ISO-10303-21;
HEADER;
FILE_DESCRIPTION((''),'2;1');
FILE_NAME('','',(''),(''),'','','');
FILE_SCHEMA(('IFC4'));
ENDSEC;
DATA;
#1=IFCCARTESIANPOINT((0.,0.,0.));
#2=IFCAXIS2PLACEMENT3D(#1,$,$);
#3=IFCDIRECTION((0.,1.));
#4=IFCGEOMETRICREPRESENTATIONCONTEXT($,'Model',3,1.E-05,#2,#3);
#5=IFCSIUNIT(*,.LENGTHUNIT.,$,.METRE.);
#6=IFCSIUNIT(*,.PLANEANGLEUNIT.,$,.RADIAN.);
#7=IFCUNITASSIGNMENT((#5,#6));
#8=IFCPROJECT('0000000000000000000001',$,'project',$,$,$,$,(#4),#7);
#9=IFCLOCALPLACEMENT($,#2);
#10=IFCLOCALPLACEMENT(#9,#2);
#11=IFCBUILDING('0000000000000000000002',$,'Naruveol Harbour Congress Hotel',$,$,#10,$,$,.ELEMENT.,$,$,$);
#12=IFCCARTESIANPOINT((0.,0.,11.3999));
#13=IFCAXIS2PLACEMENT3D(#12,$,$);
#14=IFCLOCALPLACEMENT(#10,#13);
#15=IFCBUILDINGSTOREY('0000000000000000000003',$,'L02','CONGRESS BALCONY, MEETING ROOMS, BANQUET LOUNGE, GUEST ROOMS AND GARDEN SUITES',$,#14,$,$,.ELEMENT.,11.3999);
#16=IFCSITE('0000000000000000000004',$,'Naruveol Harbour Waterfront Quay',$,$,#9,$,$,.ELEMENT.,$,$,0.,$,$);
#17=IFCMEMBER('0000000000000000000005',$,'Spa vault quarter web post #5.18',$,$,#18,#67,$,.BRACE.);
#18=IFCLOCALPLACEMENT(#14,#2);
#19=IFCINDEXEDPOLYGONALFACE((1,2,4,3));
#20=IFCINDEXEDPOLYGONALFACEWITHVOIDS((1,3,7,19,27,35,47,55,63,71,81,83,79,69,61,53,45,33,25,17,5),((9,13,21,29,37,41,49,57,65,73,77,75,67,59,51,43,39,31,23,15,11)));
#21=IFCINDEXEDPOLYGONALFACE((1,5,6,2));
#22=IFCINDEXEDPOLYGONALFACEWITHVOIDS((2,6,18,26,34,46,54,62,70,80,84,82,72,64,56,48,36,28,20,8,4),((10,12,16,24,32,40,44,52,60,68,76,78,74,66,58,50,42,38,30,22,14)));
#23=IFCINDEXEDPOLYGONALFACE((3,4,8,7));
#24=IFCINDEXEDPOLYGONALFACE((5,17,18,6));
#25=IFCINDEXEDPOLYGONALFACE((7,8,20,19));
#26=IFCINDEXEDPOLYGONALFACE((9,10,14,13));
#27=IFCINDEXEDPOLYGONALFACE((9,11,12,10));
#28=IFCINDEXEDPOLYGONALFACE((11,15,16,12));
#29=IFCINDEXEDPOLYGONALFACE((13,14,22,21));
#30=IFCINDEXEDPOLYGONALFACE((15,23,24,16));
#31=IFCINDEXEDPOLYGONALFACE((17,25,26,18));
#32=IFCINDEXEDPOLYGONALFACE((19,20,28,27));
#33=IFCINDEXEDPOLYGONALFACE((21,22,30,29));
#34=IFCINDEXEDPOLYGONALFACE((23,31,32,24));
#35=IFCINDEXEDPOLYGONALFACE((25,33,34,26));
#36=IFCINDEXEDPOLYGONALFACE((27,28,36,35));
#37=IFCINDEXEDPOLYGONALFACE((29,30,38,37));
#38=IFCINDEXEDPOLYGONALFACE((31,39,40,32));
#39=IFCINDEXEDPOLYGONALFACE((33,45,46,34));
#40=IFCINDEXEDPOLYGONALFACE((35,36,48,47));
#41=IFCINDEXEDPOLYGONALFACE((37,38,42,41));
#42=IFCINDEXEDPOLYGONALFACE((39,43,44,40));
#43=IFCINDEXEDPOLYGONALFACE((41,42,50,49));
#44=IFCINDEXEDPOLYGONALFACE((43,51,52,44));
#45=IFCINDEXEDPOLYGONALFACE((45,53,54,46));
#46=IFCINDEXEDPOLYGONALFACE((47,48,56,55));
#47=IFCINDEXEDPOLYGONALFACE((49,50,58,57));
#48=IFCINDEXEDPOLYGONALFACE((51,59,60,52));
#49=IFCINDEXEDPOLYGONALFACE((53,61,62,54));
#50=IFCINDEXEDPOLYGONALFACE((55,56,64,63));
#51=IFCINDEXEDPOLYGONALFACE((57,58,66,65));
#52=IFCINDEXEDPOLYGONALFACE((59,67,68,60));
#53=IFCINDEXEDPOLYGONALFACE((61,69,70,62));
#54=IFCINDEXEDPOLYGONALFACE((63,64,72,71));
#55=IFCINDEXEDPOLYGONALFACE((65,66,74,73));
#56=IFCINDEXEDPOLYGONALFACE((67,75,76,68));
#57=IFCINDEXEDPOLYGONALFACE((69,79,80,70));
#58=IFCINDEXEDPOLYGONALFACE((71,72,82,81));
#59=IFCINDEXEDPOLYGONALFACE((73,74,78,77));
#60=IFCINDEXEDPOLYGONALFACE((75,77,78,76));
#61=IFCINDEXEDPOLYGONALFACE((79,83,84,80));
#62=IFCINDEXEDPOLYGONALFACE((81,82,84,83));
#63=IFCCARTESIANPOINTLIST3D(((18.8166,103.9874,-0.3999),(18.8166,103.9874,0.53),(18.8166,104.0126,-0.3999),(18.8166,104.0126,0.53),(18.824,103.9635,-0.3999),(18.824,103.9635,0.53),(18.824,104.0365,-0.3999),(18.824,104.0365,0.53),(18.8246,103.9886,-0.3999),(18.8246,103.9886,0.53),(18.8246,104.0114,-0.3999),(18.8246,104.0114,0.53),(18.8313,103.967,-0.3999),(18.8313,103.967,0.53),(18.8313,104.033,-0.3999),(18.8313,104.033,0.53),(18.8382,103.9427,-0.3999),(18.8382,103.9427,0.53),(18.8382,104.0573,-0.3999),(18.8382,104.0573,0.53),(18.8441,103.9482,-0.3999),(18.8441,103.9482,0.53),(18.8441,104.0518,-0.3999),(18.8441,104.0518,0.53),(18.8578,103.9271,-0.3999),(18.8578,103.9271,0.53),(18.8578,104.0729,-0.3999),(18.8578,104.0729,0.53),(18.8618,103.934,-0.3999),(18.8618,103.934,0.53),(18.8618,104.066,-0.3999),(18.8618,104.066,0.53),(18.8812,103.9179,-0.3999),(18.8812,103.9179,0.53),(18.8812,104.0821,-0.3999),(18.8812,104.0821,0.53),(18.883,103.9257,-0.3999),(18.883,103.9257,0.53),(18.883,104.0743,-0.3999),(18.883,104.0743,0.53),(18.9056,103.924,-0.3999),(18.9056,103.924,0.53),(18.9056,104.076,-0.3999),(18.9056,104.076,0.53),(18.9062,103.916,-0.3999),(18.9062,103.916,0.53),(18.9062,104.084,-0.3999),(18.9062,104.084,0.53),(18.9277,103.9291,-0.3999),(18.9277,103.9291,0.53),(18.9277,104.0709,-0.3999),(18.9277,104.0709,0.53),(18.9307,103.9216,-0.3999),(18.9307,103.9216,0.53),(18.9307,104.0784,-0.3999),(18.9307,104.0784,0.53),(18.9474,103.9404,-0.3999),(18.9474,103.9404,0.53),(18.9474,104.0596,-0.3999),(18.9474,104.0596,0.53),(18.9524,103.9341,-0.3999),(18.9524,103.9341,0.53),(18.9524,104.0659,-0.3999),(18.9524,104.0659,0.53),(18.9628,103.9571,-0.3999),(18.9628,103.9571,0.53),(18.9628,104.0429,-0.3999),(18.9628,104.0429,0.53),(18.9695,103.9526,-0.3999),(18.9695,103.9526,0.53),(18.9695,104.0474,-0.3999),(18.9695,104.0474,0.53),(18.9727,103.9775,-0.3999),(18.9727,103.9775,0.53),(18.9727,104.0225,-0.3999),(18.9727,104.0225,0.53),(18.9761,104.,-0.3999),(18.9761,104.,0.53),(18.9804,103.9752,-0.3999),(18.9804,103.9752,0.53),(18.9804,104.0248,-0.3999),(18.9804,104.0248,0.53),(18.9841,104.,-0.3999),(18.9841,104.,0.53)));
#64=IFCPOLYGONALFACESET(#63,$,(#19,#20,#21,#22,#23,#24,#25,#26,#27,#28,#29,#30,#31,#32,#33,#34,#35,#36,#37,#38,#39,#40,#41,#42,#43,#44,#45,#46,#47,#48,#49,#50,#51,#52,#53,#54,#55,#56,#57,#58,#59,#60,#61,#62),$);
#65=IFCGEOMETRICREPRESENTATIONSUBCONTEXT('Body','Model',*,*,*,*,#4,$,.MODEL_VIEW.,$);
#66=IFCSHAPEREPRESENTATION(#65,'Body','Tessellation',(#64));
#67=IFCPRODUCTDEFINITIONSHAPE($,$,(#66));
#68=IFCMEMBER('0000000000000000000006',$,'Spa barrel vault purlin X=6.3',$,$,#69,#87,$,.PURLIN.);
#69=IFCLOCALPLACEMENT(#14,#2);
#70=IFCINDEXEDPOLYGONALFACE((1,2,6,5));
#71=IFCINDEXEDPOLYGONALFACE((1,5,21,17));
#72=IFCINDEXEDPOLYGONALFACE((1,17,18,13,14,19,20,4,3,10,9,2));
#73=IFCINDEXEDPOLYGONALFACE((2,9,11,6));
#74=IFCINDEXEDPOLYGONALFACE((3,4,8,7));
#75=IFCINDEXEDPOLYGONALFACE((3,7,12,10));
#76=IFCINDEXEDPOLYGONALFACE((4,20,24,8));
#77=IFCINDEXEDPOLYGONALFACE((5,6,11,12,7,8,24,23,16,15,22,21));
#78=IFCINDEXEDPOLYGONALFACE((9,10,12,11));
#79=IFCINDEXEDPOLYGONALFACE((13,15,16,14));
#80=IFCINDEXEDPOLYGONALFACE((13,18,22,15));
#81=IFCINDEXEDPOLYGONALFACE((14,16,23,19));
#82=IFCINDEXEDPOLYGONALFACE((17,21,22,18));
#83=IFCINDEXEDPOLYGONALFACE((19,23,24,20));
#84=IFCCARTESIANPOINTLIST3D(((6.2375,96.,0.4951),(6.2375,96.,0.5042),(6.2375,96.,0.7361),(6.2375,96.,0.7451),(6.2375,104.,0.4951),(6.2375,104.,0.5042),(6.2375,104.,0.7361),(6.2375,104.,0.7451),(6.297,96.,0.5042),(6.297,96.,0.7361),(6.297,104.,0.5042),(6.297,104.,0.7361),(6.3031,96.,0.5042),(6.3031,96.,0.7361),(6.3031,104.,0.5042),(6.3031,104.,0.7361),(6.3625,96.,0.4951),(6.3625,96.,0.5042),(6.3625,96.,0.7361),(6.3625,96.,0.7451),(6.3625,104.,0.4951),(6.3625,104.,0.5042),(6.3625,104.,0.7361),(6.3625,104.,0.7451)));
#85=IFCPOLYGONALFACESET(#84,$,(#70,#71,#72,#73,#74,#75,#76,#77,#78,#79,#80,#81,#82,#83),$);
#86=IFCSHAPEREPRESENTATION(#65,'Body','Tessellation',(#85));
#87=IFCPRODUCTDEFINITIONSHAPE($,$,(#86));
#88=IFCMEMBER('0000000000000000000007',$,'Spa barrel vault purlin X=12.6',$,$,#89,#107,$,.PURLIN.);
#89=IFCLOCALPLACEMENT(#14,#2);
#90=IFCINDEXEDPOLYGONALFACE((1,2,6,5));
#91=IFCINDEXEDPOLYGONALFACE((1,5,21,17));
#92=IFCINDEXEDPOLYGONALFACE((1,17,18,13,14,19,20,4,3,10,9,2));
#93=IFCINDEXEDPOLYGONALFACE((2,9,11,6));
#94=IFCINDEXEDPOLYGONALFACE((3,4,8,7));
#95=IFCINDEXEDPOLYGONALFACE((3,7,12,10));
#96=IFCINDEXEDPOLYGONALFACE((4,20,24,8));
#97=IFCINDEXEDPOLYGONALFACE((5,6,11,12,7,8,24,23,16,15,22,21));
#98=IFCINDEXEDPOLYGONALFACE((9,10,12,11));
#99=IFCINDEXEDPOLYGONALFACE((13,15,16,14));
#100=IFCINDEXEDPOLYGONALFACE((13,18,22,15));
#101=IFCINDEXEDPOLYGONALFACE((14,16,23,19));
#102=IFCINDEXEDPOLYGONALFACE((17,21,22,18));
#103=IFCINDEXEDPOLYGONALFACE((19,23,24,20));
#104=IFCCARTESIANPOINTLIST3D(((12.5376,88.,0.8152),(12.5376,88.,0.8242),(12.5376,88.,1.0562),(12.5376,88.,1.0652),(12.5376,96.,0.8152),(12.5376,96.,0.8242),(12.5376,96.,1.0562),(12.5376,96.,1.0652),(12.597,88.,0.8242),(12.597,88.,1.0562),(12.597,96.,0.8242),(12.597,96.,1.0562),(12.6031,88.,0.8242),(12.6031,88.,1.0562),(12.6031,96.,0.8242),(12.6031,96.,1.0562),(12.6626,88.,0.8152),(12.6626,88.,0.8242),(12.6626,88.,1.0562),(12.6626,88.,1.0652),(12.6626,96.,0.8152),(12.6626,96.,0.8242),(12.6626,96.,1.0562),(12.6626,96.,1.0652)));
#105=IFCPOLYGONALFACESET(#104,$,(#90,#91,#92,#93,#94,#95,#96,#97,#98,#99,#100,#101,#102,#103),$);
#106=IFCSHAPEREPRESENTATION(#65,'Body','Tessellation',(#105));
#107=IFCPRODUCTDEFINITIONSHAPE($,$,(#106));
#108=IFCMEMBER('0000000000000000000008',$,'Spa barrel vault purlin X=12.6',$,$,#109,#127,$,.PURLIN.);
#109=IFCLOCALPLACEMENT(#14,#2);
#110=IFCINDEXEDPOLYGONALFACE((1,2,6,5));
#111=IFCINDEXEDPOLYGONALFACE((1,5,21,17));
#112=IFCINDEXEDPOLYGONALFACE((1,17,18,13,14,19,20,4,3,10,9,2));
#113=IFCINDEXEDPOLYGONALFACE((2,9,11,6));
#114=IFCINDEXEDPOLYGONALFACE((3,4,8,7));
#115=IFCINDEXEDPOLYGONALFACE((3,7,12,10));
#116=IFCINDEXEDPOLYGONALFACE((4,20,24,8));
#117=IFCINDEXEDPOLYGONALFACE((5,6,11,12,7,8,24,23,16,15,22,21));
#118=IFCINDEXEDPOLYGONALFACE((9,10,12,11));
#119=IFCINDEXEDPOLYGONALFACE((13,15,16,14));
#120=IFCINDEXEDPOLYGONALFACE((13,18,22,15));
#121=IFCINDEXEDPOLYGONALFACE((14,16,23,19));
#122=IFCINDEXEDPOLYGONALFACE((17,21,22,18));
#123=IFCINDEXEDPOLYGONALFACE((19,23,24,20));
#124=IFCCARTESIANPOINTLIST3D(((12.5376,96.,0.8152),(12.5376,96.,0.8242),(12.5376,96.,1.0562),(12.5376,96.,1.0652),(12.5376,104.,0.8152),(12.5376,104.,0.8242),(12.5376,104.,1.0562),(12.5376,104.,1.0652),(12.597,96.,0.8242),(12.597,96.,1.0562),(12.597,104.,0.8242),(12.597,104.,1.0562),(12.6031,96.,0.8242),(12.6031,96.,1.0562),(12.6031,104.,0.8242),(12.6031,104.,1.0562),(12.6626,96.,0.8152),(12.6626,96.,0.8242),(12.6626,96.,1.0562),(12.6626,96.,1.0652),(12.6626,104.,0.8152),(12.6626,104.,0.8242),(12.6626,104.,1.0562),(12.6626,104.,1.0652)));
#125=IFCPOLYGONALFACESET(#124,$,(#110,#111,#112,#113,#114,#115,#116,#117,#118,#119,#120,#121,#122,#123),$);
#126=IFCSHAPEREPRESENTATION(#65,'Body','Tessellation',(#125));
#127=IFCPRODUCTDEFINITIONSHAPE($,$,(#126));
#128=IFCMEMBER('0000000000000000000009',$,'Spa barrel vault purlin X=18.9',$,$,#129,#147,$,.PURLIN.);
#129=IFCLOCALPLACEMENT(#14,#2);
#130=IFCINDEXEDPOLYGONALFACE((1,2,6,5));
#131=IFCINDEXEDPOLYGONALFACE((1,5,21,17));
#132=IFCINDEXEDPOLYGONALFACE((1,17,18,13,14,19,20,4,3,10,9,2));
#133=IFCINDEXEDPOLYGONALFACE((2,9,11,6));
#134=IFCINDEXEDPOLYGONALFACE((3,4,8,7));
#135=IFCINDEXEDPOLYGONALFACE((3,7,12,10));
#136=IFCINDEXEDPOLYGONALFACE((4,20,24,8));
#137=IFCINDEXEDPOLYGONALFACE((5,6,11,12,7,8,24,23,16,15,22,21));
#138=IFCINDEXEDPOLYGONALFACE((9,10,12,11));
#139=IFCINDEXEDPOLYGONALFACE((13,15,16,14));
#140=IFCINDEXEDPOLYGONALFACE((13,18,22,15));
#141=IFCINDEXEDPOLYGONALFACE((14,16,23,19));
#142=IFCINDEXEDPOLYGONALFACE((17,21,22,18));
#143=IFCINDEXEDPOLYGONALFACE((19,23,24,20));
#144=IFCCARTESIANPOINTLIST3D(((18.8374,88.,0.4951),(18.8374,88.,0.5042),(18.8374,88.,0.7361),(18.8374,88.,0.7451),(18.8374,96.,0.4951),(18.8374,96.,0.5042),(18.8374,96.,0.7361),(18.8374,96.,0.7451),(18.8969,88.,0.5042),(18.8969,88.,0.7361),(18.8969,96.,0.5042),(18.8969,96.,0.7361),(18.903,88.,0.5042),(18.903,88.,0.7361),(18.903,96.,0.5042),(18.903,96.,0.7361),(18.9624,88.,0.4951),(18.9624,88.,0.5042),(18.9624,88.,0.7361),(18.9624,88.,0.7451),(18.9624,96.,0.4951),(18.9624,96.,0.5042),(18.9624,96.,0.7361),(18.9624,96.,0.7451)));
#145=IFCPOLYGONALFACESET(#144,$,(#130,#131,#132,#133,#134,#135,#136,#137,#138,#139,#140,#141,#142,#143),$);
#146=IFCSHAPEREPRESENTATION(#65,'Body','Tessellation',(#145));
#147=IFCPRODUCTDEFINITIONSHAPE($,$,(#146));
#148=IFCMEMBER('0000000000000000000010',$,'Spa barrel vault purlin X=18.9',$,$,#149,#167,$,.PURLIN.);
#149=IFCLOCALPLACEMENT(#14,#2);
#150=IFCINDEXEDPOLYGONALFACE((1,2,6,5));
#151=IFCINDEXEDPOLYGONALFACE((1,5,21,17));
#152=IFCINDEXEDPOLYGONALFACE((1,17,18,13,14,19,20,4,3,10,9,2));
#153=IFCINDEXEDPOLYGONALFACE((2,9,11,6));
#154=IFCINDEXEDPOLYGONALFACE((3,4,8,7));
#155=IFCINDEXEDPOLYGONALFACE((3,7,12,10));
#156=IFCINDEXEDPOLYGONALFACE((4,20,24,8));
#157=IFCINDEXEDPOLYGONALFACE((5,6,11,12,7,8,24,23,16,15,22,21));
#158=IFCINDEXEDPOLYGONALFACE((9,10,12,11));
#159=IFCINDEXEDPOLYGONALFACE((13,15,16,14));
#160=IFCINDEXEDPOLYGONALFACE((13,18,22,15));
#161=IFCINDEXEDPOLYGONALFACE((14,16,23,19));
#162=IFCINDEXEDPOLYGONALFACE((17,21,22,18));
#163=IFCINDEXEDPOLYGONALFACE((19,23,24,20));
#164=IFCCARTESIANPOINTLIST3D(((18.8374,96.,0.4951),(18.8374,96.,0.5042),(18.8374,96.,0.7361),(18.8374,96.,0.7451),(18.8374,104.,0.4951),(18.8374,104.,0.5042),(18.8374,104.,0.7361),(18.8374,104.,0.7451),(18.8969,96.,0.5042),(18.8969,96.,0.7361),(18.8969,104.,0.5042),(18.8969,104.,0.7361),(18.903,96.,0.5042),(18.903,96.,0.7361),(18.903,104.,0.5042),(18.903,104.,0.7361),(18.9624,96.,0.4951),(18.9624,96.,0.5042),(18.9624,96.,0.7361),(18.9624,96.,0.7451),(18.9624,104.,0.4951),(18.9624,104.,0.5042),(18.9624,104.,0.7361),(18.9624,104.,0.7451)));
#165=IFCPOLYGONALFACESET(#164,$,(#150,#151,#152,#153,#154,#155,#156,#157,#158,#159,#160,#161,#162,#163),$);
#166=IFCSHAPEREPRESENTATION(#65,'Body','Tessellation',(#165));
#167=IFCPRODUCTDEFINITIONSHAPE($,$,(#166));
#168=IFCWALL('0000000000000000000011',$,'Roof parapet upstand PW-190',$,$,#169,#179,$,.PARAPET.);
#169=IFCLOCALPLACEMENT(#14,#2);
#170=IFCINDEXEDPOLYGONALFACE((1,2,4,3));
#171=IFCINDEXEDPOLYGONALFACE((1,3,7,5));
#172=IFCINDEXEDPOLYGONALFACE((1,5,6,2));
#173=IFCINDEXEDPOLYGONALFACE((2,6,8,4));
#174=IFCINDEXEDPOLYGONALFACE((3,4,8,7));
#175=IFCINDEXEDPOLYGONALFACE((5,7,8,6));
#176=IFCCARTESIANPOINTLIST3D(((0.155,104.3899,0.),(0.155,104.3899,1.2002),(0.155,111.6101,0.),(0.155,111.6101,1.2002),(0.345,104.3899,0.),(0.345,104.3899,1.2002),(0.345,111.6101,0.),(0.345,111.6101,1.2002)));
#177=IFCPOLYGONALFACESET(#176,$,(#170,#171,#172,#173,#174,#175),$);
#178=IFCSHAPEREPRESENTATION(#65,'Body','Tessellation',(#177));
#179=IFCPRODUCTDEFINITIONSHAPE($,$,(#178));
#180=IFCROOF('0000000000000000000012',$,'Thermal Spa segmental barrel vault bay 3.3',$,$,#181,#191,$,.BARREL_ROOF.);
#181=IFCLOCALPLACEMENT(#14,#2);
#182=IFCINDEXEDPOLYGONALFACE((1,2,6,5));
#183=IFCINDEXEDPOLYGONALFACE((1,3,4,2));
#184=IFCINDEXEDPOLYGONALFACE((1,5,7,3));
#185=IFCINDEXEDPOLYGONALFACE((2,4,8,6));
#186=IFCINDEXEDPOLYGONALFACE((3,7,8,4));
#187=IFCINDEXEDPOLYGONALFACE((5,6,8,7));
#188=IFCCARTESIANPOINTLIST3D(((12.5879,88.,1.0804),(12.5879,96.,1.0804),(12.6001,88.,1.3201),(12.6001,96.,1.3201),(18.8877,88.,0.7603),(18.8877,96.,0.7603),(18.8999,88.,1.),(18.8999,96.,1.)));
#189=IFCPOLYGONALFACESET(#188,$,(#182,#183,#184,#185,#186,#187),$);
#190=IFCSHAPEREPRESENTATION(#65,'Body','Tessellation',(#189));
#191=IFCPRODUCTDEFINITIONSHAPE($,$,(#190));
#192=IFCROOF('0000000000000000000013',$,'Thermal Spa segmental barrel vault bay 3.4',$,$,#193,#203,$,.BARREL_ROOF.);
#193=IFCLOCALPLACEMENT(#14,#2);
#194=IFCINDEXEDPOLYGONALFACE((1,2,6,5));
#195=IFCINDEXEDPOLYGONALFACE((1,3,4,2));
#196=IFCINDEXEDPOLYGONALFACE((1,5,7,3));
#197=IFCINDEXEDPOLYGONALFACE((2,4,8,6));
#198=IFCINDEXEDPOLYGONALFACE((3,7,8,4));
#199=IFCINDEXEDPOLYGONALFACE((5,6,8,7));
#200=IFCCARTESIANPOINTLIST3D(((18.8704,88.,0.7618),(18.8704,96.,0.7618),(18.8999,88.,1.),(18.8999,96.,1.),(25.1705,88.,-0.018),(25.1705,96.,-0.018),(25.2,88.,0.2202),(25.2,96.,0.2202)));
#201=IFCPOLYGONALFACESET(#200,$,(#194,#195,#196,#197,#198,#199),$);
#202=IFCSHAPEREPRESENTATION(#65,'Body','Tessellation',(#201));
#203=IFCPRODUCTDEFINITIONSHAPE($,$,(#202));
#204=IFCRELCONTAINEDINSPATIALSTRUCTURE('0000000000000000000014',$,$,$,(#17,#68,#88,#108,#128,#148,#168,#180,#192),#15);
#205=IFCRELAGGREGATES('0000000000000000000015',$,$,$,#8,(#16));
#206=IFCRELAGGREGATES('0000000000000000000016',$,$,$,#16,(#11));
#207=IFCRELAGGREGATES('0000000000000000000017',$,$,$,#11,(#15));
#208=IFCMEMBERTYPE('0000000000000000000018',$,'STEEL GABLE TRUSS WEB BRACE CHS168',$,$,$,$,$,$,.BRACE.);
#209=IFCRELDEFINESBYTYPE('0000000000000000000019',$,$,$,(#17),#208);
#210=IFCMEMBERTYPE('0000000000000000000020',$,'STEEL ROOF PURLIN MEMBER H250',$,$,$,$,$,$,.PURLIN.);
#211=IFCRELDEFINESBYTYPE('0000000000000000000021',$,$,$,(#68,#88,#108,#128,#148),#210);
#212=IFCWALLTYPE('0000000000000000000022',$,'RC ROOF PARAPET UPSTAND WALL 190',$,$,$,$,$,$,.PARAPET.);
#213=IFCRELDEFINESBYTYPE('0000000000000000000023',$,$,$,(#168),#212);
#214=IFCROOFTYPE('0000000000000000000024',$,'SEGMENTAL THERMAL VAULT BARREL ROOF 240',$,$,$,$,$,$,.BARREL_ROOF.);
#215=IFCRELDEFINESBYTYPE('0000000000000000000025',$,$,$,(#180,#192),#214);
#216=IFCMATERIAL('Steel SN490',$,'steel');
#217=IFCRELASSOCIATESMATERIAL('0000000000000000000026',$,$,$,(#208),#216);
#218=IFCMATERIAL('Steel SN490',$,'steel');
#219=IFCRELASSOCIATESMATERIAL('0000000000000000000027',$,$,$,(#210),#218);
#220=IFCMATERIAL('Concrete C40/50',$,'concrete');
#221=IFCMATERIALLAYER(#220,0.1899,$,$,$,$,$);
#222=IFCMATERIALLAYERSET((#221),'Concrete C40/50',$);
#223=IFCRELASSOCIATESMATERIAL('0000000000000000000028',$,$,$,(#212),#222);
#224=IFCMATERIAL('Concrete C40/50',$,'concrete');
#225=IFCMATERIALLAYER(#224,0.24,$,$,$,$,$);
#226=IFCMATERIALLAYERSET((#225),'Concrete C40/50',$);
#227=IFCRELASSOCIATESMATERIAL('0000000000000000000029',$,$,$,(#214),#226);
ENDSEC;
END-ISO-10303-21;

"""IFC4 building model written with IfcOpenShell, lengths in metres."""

from ifc_helpers import new_model, si_unit, direction, frame, frame_2d, origin, origin_2d, place, context, subcontext, project, spatial, polyline, rectangle, hollow_circle, i_section, outline, extrude, material, layer, layer_set, material_profile, profile_set, type_object, element, save


model = new_model("IFC4")

# Units and contexts
model_context = context("Model", 3, precision=1e-05, world=origin(), true_north=direction((0.0, 1.0)))
body_context = subcontext(model_context, "Body", "Model", "MODEL_VIEW")
ifc_project = project(units=[si_unit("LENGTHUNIT", "METRE"), si_unit("PLANEANGLEUNIT", "RADIAN")], contexts=[model_context])

# Site, building, storey
site_placement = place(None, origin())
site = spatial("IfcSite", under=ifc_project, at=site_placement, Name="Naruveol Harbour Waterfront Quay", CompositionType="ELEMENT", RefElevation=0.0)
building_placement = place(site_placement, origin())
building = spatial("IfcBuilding", under=site, at=building_placement, Name="Naruveol Harbour Congress Hotel", CompositionType="ELEMENT")
storey_placement = place(building_placement, frame((0.0, 0.0, 11.3999)))
storey = spatial("IfcBuildingStorey", under=building, at=storey_placement, Name="L02", Description="CONGRESS BALCONY, MEETING ROOMS, BANQUET LOUNGE, GUEST ROOMS AND GARDEN SUITES", CompositionType="ELEMENT", Elevation=11.3999)

# Members
ifc_material_1 = material(Name="Steel SN490", Category="steel")
ifc_material_profile_1 = material_profile(ifc_material_1, hollow_circle(Radius=0.0842, WallThickness=0.0081, at=origin_2d()), Name="CHS-168.3x8")
ifc_profile_set_1 = profile_set([ifc_material_profile_1], Name="Steel SN490")
member_type_1 = type_object("IfcMemberType", Name="STEEL GABLE TRUSS WEB BRACE CHS168", PredefinedType="BRACE", material=ifc_profile_set_1)
for number, where, z_axis, x_axis, name in (
    (1, (18.8999, 104.0, -0.3999), (0.0, 0.0, 1.0), (1.0, 0.0, 0.0), "Spa vault quarter web post #5.18"),
):
    element("IfcMember", number, at=place(storey_placement, frame(where, z_axis=z_axis, x_axis=x_axis)), inside=storey, type_object=member_type_1, Name=name, PredefinedType="BRACE", context=body_context, shape_type="SweptSolid", body=[
        extrude(hollow_circle(Radius=0.0842, WallThickness=0.0081, at=origin_2d()), origin(), (0.0, 0.0, 1.0), 0.9299),
    ])
ifc_material_2 = material(Name="Steel SN490", Category="steel")
ifc_material_profile_2 = material_profile(ifc_material_2, i_section(OverallWidth=0.125, OverallDepth=0.25, WebThickness=0.0061, FlangeThickness=0.009, at=origin_2d()), Name="H-250x125x6x9")
ifc_profile_set_2 = profile_set([ifc_material_profile_2], Name="Steel SN490")
member_type_2 = type_object("IfcMemberType", Name="STEEL ROOF PURLIN MEMBER H250", PredefinedType="PURLIN", material=ifc_profile_set_2)
for number, where, z_axis, x_axis, name in (
    (2, (6.3, 96.0, 0.6201), (0.0, 1.0, 0.0), (-1.0, 0.0, 0.0), "Spa barrel vault purlin X=6.3"),
    (3, (12.6001, 88.0, 0.9402), (0.0, 1.0, 0.0), (-1.0, 0.0, 0.0), "Spa barrel vault purlin X=12.6"),
    (4, (12.6001, 96.0, 0.9402), (0.0, 1.0, 0.0), (-1.0, 0.0, 0.0), "Spa barrel vault purlin X=12.6"),
    (5, (18.8999, 88.0, 0.6201), (0.0, 1.0, 0.0), (-1.0, 0.0, 0.0), "Spa barrel vault purlin X=18.9"),
    (6, (18.8999, 96.0, 0.6201), (0.0, 1.0, 0.0), (-1.0, 0.0, 0.0), "Spa barrel vault purlin X=18.9"),
):
    element("IfcMember", number, at=place(storey_placement, frame(where, z_axis=z_axis, x_axis=x_axis)), inside=storey, type_object=member_type_2, Name=name, PredefinedType="PURLIN", context=body_context, shape_type="SweptSolid", body=[
        extrude(i_section(OverallWidth=0.125, OverallDepth=0.25, WebThickness=0.0061, FlangeThickness=0.009, at=origin_2d()), origin(), (0.0, 0.0, 1.0), 8.0),
    ])

# Wall
ifc_material_3 = material(Name="Concrete C40/50", Category="concrete")
ifc_layer_1 = layer(ifc_material_3, 0.1899)
ifc_layer_set_1 = layer_set([ifc_layer_1], Name="Concrete C40/50")
wall_type = type_object("IfcWallType", Name="RC ROOF PARAPET UPSTAND WALL 190", PredefinedType="PARAPET", material=ifc_layer_set_1)
wall_placement = place(storey_placement, frame((0.25, 111.6101, 0.0), z_axis=(0.0, 0.0, 1.0), x_axis=(0.0, -1.0, 0.0)))
element("IfcWall", 7, at=wall_placement, inside=storey, type_object=wall_type, Name="Roof parapet upstand PW-190", PredefinedType="PARAPET", context=body_context, shape_type="SweptSolid", body=[
    extrude(rectangle(XDim=7.2202, YDim=0.1899, at=frame_2d((3.6101, 0.0))), origin(), (0.0, 0.0, 1.0), 1.2002),
])

# Roofs
ifc_material_4 = material(Name="Concrete C40/50", Category="concrete")
ifc_layer_2 = layer(ifc_material_4, 0.24)
ifc_layer_set_2 = layer_set([ifc_layer_2], Name="Concrete C40/50")
roof_type = type_object("IfcRoofType", Name="SEGMENTAL THERMAL VAULT BARREL ROOF 240", PredefinedType="BARREL_ROOF", material=ifc_layer_set_2)
roof_1_placement = place(storey_placement, frame((12.6001, 88.0, 1.3201), z_axis=(0.050741, 0.0, 0.998712), x_axis=(0.998712, 0.0, -0.050741)))
element("IfcRoof", 8, at=roof_1_placement, inside=storey, type_object=roof_type, Name="Thermal Spa segmental barrel vault bay 3.3", PredefinedType="BARREL_ROOF", context=body_context, shape_type="SweptSolid", body=[
    extrude(outline(polyline([(0.0, 0.0), (6.3079, 0.0), (6.3079, 8.0), (0.0, 8.0), (0.0, 0.0)])), origin(), (0.0, 0.0, -1.0), 0.24),
])
for number, where, z_axis, x_axis, name in (
    (9, (18.8999, 88.0, 1.0), (0.122837, 0.0, 0.992427), (0.992427, 0.0, -0.122837), "Thermal Spa segmental barrel vault bay 3.4"),
):
    element("IfcRoof", number, at=place(storey_placement, frame(where, z_axis=z_axis, x_axis=x_axis)), inside=storey, type_object=roof_type, Name=name, PredefinedType="BARREL_ROOF", context=body_context, shape_type="SweptSolid", body=[
        extrude(outline(polyline([(0.0, 0.0), (6.3481, 0.0), (6.3481, 8.0), (0.0, 8.0), (0.0, 0.0)])), origin(), (0.0, 0.0, -1.0), 0.24),
    ])

save(model, "model.ifc")
